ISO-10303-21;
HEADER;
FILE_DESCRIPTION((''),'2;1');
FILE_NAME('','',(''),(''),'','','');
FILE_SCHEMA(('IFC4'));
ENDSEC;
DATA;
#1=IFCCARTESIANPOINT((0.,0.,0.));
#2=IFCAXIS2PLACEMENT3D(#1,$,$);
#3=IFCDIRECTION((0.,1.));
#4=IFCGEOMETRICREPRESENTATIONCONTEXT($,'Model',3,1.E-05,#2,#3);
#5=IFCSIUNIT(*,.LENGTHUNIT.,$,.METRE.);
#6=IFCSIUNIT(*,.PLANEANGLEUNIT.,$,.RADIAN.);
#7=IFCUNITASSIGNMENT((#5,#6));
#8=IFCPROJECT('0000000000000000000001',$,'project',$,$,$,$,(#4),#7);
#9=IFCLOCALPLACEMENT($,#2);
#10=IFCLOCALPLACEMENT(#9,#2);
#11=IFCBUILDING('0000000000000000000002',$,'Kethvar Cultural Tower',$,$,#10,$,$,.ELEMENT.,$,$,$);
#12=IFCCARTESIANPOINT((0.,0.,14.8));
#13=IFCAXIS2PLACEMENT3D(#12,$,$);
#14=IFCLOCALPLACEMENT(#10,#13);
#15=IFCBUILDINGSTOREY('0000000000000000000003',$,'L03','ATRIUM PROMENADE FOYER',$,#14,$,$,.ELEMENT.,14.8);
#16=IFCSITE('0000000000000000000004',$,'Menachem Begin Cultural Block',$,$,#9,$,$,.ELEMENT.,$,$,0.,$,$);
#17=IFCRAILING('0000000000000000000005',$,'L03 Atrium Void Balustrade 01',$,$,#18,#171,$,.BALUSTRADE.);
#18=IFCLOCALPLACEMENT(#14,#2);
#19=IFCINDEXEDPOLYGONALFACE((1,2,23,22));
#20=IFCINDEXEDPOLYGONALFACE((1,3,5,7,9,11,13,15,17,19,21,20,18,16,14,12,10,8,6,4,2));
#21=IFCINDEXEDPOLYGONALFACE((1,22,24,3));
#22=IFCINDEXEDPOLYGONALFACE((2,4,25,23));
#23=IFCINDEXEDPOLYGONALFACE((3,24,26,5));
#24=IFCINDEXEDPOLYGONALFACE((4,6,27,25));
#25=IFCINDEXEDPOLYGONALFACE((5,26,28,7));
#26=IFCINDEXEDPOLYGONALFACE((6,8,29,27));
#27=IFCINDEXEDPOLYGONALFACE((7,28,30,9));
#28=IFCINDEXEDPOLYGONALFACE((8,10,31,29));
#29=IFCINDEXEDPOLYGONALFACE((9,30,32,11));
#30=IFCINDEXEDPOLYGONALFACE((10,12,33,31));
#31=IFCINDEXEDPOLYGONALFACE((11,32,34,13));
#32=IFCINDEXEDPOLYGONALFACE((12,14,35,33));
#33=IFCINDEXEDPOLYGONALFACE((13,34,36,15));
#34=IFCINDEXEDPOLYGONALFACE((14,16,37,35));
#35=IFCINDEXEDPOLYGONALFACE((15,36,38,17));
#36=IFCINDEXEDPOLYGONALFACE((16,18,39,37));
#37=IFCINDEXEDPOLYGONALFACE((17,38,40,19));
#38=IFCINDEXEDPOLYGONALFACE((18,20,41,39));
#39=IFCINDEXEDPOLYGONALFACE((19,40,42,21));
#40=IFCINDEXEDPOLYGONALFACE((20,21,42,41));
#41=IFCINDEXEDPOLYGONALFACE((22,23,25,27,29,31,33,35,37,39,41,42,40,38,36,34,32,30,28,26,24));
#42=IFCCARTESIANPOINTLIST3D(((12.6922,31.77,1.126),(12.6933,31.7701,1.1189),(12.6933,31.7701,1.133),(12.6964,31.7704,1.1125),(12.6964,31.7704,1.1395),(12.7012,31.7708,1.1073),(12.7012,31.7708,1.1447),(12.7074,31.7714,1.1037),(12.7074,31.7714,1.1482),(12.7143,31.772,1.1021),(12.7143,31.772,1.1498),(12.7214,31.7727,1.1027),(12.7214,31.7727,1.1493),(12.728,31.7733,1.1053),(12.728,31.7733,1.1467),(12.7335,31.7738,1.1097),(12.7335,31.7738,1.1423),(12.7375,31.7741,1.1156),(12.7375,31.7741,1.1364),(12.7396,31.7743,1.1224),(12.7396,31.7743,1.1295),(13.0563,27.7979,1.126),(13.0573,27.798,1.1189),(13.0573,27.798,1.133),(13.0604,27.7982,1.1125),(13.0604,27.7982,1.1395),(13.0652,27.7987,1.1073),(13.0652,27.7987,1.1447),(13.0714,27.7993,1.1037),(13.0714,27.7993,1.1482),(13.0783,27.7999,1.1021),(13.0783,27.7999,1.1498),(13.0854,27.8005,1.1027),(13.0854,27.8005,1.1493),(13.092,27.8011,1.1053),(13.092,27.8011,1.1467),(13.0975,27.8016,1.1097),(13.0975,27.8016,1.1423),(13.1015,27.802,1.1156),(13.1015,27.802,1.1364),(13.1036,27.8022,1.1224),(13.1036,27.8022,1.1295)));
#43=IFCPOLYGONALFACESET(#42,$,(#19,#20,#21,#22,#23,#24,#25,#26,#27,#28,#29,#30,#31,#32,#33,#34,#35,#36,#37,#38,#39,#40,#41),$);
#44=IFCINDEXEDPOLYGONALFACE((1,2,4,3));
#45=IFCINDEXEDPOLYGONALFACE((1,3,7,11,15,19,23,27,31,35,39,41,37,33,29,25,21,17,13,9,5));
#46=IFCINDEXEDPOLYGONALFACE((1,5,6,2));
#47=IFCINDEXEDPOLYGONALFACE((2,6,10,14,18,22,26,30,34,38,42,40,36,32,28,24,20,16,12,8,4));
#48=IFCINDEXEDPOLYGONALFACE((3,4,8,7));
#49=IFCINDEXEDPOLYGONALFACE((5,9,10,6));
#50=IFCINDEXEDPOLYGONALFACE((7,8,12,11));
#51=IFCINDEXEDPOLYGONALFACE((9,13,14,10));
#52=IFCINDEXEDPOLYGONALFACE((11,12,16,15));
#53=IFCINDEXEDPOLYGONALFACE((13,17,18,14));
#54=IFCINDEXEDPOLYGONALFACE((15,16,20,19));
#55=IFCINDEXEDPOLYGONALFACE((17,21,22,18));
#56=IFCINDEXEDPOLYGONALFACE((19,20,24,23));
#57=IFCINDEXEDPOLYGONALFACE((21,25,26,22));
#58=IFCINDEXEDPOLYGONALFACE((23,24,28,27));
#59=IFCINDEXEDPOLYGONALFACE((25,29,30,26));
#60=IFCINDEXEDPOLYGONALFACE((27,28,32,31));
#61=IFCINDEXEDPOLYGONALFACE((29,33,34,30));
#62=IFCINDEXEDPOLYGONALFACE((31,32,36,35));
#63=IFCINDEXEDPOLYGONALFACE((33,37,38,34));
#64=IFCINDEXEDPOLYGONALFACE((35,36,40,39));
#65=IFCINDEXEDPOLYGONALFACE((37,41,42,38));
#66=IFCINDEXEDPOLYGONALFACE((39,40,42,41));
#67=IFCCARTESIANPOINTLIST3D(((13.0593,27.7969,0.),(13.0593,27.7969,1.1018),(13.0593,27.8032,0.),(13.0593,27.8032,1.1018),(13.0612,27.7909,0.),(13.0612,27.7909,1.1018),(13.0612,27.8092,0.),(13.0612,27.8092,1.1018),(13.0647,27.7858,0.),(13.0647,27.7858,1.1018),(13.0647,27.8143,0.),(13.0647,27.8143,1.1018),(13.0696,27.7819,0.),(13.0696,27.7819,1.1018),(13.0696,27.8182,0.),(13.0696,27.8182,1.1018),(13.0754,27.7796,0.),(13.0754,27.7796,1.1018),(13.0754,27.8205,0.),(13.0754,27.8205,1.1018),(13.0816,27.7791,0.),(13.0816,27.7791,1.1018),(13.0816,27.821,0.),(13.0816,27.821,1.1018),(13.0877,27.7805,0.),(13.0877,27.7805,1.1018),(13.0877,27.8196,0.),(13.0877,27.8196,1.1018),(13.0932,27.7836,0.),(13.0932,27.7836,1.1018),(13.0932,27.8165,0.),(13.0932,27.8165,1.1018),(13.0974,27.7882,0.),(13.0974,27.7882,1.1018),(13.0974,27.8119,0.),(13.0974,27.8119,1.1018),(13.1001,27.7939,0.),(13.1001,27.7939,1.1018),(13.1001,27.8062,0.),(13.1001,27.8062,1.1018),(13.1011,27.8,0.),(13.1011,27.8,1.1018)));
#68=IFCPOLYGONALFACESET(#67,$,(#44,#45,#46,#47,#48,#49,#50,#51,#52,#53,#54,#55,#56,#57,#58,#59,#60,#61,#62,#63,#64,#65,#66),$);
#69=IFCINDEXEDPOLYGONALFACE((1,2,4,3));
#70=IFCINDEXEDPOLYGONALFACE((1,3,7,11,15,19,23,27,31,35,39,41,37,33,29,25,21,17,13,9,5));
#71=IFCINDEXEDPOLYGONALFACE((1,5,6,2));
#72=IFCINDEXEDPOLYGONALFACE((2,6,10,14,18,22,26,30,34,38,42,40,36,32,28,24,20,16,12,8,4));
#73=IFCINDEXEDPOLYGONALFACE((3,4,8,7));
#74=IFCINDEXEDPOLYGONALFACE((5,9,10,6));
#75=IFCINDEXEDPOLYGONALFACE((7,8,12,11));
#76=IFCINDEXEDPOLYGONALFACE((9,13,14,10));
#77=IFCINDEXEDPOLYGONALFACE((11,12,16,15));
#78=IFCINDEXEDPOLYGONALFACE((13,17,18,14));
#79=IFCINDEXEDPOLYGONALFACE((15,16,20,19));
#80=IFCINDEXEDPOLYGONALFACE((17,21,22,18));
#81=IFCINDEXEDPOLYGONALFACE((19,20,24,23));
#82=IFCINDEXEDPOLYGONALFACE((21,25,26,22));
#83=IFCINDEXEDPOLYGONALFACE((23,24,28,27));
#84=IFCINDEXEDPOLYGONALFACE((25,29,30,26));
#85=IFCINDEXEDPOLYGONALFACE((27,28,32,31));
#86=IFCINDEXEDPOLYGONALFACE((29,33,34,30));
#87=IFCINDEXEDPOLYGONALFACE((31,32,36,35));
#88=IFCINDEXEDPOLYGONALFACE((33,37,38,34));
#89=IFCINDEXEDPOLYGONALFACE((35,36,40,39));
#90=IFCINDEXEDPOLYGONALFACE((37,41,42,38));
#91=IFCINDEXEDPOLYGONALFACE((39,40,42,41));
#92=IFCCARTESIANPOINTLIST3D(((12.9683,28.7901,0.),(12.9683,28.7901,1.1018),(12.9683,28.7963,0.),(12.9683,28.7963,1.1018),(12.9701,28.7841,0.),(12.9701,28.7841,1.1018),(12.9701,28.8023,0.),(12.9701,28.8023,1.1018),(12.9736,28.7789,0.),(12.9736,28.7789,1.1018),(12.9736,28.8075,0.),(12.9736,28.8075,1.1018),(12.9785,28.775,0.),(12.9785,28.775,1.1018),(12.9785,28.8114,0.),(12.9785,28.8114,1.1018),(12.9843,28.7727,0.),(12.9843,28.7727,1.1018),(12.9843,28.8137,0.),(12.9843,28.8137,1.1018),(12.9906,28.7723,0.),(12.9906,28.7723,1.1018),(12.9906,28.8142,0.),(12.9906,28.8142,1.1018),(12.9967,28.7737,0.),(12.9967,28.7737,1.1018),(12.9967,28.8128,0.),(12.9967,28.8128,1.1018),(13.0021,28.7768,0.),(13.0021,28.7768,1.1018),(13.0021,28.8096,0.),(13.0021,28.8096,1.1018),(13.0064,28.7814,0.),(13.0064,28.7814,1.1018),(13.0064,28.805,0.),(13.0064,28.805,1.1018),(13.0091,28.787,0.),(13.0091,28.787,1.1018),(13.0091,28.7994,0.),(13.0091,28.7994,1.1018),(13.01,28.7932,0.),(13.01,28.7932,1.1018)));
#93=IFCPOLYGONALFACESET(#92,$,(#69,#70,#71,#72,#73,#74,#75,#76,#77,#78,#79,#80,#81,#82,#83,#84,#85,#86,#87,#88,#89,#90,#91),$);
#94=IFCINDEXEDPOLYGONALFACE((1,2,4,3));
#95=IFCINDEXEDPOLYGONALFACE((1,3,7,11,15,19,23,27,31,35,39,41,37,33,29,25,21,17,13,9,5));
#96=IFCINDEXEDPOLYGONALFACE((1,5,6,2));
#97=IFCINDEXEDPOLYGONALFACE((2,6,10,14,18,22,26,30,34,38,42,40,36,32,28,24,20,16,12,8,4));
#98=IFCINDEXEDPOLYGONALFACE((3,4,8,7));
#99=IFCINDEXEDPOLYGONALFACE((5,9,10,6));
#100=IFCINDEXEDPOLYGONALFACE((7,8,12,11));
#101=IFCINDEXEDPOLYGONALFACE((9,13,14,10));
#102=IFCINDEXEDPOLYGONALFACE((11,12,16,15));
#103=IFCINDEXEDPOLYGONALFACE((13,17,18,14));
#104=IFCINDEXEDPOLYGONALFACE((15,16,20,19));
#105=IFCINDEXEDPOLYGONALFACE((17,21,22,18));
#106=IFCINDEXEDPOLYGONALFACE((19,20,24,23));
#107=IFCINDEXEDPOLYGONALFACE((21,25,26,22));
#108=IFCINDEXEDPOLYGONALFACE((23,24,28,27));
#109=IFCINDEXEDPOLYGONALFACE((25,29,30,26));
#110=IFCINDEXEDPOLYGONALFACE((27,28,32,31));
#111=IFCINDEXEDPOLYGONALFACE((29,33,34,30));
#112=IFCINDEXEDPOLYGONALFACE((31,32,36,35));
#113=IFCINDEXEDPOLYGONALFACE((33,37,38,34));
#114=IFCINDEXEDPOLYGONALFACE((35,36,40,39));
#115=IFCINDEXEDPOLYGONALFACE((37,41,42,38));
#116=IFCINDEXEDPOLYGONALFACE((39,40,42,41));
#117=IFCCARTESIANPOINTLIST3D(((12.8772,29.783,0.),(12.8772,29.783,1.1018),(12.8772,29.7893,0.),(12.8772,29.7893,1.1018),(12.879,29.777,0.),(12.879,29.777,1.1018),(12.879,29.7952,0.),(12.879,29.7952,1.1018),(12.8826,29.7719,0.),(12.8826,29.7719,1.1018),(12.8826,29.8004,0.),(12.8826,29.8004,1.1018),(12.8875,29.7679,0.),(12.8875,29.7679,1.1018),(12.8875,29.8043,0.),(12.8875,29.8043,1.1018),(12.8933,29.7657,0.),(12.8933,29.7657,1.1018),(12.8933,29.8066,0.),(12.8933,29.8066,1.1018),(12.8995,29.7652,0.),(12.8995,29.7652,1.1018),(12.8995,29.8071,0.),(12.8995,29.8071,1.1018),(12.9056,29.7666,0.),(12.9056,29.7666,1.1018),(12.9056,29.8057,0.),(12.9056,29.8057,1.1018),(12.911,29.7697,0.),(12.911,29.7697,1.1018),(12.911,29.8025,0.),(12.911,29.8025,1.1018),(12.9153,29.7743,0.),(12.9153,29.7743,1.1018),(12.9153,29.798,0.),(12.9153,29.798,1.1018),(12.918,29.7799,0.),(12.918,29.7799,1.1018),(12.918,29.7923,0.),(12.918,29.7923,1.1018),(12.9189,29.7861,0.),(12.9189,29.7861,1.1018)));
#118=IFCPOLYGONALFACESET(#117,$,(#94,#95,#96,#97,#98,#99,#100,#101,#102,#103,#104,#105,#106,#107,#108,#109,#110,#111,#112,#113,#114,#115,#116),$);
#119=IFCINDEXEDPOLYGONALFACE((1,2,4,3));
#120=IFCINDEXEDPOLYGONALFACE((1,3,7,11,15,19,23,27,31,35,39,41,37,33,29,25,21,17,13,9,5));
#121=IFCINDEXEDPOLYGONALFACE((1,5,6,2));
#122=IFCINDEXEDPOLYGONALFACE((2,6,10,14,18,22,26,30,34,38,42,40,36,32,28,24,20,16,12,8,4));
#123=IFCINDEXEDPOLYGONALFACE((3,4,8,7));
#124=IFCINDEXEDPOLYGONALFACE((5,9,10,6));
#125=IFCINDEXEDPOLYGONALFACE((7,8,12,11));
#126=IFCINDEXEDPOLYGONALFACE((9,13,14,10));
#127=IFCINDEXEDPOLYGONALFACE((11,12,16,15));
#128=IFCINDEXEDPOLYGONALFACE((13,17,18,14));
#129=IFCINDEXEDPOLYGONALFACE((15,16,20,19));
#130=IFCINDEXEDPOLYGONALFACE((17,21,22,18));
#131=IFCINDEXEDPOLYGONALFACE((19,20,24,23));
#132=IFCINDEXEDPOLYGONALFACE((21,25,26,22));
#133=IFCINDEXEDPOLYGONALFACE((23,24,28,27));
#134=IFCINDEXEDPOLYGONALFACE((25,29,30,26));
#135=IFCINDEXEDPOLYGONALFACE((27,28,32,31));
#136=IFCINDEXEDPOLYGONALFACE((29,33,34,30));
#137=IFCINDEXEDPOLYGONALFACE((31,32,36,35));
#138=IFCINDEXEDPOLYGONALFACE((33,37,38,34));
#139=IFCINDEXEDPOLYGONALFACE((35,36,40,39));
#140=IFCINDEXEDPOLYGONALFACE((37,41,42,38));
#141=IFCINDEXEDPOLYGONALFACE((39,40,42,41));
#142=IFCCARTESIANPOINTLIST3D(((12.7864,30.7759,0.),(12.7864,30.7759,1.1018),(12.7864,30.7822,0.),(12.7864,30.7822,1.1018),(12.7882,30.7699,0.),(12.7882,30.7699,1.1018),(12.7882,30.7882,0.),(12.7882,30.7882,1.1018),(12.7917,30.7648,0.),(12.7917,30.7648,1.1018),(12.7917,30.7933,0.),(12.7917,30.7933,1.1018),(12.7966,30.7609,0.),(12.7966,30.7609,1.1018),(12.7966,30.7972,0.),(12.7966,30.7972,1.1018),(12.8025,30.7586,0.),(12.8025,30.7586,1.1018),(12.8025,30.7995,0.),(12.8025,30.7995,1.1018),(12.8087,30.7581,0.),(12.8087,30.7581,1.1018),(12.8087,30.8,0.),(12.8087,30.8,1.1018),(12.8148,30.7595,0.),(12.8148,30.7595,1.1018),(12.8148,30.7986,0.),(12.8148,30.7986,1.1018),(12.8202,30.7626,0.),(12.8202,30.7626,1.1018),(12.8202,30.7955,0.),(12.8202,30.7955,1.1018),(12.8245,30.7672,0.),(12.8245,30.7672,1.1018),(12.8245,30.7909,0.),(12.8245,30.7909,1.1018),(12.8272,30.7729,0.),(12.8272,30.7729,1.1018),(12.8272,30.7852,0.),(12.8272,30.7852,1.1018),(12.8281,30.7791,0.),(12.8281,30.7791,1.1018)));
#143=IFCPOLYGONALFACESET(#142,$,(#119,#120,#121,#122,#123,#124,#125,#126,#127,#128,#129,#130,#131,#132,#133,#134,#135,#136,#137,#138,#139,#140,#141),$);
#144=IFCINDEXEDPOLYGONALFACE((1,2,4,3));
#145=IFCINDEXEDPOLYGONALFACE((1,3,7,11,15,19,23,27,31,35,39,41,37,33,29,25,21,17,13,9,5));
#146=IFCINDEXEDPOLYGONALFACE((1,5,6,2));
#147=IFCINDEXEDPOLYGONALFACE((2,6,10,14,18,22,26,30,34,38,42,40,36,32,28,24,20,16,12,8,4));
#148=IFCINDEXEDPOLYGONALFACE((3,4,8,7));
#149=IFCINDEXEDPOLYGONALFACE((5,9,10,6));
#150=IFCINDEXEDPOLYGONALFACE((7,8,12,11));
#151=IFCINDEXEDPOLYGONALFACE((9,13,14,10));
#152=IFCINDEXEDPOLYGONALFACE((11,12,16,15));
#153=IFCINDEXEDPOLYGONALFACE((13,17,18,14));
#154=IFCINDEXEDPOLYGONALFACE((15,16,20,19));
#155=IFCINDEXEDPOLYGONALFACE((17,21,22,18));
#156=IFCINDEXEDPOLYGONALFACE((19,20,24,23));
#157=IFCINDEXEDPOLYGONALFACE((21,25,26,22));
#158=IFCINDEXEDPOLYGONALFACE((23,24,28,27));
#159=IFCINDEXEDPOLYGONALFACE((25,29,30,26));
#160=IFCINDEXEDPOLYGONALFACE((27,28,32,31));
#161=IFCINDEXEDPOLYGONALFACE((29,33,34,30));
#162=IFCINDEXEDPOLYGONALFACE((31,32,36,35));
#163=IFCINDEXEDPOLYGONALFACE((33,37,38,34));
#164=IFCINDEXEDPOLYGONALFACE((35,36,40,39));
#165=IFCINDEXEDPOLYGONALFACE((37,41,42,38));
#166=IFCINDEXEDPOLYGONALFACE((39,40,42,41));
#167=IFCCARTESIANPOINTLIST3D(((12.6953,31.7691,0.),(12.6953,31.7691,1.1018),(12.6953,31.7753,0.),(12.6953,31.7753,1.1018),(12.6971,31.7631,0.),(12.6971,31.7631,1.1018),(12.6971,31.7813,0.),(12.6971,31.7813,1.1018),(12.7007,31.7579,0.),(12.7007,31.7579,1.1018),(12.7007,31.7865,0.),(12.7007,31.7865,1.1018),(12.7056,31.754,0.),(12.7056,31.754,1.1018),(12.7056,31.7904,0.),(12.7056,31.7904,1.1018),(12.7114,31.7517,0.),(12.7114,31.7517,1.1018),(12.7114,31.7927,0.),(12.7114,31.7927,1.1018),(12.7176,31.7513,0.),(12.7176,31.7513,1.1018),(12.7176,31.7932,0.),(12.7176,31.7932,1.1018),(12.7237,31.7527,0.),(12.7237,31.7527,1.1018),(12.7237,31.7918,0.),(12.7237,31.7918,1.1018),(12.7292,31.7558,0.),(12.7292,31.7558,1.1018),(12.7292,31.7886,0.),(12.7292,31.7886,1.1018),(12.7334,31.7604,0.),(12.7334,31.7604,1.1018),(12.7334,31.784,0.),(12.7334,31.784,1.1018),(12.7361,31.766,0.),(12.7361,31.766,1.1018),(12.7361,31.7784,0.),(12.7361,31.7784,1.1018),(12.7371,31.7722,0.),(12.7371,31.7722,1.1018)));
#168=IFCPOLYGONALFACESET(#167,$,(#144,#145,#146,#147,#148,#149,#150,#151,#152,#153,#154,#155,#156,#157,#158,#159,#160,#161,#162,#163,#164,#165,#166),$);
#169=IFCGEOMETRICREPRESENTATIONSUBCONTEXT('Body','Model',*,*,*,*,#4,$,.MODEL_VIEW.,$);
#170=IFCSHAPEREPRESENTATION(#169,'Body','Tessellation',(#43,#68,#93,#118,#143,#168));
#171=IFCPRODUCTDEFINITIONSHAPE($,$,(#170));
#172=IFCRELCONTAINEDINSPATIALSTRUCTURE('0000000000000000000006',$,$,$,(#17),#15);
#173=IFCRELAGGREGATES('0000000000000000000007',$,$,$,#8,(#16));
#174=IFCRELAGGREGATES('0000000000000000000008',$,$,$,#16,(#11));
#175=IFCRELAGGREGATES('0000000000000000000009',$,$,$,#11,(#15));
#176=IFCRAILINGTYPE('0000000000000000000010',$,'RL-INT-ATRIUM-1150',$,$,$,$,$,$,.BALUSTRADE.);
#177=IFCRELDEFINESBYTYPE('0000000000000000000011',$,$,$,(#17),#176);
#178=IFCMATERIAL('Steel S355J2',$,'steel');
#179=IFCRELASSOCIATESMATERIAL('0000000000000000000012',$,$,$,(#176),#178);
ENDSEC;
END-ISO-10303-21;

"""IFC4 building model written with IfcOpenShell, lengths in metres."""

from ifc_helpers import new_model, si_unit, direction, frame, origin, origin_2d, place, context, subcontext, project, spatial, circle, extrude, material, type_object, element, save


model = new_model("IFC4")

# Units and contexts
model_context = context("Model", 3, precision=1e-05, world=origin(), true_north=direction((0.0, 1.0)))
body_context = subcontext(model_context, "Body", "Model", "MODEL_VIEW")
ifc_project = project(units=[si_unit("LENGTHUNIT", "METRE"), si_unit("PLANEANGLEUNIT", "RADIAN")], contexts=[model_context])

# Site, building, storey
site_placement = place(None, origin())
site = spatial("IfcSite", under=ifc_project, at=site_placement, Name="Menachem Begin Cultural Block", CompositionType="ELEMENT", RefElevation=0.0)
building_placement = place(site_placement, origin())
building = spatial("IfcBuilding", under=site, at=building_placement, Name="Kethvar Cultural Tower", CompositionType="ELEMENT")
storey_placement = place(building_placement, frame((0.0, 0.0, 14.8)))
storey = spatial("IfcBuildingStorey", under=building, at=storey_placement, Name="L03", Description="ATRIUM PROMENADE FOYER", CompositionType="ELEMENT", Elevation=14.8)

# Shared definitions
ifc_material_1 = material(Name="Steel S355J2", Category="steel")

# Railing
railing_type = type_object("IfcRailingType", Name="RL-INT-ATRIUM-1150", PredefinedType="BALUSTRADE", material=ifc_material_1)
railing_1_placement = place(storey_placement, frame((13.0801, 27.8, 0.0)))
element("IfcRailing", 1, at=railing_1_placement, inside=storey, type_object=railing_type, Name="L03 Atrium Void Balustrade 01", PredefinedType="BALUSTRADE", context=body_context, shape_type="SweptSolid", body=[
    extrude(circle(Radius=0.0239, at=origin_2d()), frame((0.0, 0.0, 1.126), z_axis=(-0.091259, 0.995827, 0.0), x_axis=(-0.995827, -0.091259, 0.0)), (0.0, 0.0, 1.0), 3.9888),
    extrude(circle(Radius=0.021, at=origin_2d()), origin(), (0.0, 0.0, 1.0), 1.1018),
    extrude(circle(Radius=0.021, at=origin_2d()), frame((-0.0911, 0.9932, 0.0)), (0.0, 0.0, 1.0), 1.1018),
    extrude(circle(Radius=0.021, at=origin_2d()), frame((-0.1821, 1.9861, 0.0)), (0.0, 0.0, 1.0), 1.1018),
    extrude(circle(Radius=0.021, at=origin_2d()), frame((-0.2729, 2.979, 0.0)), (0.0, 0.0, 1.0), 1.1018),
    extrude(circle(Radius=0.021, at=origin_2d()), frame((-0.364, 3.9722, 0.0)), (0.0, 0.0, 1.0), 1.1018),
])

save(model, "model.ifc")
